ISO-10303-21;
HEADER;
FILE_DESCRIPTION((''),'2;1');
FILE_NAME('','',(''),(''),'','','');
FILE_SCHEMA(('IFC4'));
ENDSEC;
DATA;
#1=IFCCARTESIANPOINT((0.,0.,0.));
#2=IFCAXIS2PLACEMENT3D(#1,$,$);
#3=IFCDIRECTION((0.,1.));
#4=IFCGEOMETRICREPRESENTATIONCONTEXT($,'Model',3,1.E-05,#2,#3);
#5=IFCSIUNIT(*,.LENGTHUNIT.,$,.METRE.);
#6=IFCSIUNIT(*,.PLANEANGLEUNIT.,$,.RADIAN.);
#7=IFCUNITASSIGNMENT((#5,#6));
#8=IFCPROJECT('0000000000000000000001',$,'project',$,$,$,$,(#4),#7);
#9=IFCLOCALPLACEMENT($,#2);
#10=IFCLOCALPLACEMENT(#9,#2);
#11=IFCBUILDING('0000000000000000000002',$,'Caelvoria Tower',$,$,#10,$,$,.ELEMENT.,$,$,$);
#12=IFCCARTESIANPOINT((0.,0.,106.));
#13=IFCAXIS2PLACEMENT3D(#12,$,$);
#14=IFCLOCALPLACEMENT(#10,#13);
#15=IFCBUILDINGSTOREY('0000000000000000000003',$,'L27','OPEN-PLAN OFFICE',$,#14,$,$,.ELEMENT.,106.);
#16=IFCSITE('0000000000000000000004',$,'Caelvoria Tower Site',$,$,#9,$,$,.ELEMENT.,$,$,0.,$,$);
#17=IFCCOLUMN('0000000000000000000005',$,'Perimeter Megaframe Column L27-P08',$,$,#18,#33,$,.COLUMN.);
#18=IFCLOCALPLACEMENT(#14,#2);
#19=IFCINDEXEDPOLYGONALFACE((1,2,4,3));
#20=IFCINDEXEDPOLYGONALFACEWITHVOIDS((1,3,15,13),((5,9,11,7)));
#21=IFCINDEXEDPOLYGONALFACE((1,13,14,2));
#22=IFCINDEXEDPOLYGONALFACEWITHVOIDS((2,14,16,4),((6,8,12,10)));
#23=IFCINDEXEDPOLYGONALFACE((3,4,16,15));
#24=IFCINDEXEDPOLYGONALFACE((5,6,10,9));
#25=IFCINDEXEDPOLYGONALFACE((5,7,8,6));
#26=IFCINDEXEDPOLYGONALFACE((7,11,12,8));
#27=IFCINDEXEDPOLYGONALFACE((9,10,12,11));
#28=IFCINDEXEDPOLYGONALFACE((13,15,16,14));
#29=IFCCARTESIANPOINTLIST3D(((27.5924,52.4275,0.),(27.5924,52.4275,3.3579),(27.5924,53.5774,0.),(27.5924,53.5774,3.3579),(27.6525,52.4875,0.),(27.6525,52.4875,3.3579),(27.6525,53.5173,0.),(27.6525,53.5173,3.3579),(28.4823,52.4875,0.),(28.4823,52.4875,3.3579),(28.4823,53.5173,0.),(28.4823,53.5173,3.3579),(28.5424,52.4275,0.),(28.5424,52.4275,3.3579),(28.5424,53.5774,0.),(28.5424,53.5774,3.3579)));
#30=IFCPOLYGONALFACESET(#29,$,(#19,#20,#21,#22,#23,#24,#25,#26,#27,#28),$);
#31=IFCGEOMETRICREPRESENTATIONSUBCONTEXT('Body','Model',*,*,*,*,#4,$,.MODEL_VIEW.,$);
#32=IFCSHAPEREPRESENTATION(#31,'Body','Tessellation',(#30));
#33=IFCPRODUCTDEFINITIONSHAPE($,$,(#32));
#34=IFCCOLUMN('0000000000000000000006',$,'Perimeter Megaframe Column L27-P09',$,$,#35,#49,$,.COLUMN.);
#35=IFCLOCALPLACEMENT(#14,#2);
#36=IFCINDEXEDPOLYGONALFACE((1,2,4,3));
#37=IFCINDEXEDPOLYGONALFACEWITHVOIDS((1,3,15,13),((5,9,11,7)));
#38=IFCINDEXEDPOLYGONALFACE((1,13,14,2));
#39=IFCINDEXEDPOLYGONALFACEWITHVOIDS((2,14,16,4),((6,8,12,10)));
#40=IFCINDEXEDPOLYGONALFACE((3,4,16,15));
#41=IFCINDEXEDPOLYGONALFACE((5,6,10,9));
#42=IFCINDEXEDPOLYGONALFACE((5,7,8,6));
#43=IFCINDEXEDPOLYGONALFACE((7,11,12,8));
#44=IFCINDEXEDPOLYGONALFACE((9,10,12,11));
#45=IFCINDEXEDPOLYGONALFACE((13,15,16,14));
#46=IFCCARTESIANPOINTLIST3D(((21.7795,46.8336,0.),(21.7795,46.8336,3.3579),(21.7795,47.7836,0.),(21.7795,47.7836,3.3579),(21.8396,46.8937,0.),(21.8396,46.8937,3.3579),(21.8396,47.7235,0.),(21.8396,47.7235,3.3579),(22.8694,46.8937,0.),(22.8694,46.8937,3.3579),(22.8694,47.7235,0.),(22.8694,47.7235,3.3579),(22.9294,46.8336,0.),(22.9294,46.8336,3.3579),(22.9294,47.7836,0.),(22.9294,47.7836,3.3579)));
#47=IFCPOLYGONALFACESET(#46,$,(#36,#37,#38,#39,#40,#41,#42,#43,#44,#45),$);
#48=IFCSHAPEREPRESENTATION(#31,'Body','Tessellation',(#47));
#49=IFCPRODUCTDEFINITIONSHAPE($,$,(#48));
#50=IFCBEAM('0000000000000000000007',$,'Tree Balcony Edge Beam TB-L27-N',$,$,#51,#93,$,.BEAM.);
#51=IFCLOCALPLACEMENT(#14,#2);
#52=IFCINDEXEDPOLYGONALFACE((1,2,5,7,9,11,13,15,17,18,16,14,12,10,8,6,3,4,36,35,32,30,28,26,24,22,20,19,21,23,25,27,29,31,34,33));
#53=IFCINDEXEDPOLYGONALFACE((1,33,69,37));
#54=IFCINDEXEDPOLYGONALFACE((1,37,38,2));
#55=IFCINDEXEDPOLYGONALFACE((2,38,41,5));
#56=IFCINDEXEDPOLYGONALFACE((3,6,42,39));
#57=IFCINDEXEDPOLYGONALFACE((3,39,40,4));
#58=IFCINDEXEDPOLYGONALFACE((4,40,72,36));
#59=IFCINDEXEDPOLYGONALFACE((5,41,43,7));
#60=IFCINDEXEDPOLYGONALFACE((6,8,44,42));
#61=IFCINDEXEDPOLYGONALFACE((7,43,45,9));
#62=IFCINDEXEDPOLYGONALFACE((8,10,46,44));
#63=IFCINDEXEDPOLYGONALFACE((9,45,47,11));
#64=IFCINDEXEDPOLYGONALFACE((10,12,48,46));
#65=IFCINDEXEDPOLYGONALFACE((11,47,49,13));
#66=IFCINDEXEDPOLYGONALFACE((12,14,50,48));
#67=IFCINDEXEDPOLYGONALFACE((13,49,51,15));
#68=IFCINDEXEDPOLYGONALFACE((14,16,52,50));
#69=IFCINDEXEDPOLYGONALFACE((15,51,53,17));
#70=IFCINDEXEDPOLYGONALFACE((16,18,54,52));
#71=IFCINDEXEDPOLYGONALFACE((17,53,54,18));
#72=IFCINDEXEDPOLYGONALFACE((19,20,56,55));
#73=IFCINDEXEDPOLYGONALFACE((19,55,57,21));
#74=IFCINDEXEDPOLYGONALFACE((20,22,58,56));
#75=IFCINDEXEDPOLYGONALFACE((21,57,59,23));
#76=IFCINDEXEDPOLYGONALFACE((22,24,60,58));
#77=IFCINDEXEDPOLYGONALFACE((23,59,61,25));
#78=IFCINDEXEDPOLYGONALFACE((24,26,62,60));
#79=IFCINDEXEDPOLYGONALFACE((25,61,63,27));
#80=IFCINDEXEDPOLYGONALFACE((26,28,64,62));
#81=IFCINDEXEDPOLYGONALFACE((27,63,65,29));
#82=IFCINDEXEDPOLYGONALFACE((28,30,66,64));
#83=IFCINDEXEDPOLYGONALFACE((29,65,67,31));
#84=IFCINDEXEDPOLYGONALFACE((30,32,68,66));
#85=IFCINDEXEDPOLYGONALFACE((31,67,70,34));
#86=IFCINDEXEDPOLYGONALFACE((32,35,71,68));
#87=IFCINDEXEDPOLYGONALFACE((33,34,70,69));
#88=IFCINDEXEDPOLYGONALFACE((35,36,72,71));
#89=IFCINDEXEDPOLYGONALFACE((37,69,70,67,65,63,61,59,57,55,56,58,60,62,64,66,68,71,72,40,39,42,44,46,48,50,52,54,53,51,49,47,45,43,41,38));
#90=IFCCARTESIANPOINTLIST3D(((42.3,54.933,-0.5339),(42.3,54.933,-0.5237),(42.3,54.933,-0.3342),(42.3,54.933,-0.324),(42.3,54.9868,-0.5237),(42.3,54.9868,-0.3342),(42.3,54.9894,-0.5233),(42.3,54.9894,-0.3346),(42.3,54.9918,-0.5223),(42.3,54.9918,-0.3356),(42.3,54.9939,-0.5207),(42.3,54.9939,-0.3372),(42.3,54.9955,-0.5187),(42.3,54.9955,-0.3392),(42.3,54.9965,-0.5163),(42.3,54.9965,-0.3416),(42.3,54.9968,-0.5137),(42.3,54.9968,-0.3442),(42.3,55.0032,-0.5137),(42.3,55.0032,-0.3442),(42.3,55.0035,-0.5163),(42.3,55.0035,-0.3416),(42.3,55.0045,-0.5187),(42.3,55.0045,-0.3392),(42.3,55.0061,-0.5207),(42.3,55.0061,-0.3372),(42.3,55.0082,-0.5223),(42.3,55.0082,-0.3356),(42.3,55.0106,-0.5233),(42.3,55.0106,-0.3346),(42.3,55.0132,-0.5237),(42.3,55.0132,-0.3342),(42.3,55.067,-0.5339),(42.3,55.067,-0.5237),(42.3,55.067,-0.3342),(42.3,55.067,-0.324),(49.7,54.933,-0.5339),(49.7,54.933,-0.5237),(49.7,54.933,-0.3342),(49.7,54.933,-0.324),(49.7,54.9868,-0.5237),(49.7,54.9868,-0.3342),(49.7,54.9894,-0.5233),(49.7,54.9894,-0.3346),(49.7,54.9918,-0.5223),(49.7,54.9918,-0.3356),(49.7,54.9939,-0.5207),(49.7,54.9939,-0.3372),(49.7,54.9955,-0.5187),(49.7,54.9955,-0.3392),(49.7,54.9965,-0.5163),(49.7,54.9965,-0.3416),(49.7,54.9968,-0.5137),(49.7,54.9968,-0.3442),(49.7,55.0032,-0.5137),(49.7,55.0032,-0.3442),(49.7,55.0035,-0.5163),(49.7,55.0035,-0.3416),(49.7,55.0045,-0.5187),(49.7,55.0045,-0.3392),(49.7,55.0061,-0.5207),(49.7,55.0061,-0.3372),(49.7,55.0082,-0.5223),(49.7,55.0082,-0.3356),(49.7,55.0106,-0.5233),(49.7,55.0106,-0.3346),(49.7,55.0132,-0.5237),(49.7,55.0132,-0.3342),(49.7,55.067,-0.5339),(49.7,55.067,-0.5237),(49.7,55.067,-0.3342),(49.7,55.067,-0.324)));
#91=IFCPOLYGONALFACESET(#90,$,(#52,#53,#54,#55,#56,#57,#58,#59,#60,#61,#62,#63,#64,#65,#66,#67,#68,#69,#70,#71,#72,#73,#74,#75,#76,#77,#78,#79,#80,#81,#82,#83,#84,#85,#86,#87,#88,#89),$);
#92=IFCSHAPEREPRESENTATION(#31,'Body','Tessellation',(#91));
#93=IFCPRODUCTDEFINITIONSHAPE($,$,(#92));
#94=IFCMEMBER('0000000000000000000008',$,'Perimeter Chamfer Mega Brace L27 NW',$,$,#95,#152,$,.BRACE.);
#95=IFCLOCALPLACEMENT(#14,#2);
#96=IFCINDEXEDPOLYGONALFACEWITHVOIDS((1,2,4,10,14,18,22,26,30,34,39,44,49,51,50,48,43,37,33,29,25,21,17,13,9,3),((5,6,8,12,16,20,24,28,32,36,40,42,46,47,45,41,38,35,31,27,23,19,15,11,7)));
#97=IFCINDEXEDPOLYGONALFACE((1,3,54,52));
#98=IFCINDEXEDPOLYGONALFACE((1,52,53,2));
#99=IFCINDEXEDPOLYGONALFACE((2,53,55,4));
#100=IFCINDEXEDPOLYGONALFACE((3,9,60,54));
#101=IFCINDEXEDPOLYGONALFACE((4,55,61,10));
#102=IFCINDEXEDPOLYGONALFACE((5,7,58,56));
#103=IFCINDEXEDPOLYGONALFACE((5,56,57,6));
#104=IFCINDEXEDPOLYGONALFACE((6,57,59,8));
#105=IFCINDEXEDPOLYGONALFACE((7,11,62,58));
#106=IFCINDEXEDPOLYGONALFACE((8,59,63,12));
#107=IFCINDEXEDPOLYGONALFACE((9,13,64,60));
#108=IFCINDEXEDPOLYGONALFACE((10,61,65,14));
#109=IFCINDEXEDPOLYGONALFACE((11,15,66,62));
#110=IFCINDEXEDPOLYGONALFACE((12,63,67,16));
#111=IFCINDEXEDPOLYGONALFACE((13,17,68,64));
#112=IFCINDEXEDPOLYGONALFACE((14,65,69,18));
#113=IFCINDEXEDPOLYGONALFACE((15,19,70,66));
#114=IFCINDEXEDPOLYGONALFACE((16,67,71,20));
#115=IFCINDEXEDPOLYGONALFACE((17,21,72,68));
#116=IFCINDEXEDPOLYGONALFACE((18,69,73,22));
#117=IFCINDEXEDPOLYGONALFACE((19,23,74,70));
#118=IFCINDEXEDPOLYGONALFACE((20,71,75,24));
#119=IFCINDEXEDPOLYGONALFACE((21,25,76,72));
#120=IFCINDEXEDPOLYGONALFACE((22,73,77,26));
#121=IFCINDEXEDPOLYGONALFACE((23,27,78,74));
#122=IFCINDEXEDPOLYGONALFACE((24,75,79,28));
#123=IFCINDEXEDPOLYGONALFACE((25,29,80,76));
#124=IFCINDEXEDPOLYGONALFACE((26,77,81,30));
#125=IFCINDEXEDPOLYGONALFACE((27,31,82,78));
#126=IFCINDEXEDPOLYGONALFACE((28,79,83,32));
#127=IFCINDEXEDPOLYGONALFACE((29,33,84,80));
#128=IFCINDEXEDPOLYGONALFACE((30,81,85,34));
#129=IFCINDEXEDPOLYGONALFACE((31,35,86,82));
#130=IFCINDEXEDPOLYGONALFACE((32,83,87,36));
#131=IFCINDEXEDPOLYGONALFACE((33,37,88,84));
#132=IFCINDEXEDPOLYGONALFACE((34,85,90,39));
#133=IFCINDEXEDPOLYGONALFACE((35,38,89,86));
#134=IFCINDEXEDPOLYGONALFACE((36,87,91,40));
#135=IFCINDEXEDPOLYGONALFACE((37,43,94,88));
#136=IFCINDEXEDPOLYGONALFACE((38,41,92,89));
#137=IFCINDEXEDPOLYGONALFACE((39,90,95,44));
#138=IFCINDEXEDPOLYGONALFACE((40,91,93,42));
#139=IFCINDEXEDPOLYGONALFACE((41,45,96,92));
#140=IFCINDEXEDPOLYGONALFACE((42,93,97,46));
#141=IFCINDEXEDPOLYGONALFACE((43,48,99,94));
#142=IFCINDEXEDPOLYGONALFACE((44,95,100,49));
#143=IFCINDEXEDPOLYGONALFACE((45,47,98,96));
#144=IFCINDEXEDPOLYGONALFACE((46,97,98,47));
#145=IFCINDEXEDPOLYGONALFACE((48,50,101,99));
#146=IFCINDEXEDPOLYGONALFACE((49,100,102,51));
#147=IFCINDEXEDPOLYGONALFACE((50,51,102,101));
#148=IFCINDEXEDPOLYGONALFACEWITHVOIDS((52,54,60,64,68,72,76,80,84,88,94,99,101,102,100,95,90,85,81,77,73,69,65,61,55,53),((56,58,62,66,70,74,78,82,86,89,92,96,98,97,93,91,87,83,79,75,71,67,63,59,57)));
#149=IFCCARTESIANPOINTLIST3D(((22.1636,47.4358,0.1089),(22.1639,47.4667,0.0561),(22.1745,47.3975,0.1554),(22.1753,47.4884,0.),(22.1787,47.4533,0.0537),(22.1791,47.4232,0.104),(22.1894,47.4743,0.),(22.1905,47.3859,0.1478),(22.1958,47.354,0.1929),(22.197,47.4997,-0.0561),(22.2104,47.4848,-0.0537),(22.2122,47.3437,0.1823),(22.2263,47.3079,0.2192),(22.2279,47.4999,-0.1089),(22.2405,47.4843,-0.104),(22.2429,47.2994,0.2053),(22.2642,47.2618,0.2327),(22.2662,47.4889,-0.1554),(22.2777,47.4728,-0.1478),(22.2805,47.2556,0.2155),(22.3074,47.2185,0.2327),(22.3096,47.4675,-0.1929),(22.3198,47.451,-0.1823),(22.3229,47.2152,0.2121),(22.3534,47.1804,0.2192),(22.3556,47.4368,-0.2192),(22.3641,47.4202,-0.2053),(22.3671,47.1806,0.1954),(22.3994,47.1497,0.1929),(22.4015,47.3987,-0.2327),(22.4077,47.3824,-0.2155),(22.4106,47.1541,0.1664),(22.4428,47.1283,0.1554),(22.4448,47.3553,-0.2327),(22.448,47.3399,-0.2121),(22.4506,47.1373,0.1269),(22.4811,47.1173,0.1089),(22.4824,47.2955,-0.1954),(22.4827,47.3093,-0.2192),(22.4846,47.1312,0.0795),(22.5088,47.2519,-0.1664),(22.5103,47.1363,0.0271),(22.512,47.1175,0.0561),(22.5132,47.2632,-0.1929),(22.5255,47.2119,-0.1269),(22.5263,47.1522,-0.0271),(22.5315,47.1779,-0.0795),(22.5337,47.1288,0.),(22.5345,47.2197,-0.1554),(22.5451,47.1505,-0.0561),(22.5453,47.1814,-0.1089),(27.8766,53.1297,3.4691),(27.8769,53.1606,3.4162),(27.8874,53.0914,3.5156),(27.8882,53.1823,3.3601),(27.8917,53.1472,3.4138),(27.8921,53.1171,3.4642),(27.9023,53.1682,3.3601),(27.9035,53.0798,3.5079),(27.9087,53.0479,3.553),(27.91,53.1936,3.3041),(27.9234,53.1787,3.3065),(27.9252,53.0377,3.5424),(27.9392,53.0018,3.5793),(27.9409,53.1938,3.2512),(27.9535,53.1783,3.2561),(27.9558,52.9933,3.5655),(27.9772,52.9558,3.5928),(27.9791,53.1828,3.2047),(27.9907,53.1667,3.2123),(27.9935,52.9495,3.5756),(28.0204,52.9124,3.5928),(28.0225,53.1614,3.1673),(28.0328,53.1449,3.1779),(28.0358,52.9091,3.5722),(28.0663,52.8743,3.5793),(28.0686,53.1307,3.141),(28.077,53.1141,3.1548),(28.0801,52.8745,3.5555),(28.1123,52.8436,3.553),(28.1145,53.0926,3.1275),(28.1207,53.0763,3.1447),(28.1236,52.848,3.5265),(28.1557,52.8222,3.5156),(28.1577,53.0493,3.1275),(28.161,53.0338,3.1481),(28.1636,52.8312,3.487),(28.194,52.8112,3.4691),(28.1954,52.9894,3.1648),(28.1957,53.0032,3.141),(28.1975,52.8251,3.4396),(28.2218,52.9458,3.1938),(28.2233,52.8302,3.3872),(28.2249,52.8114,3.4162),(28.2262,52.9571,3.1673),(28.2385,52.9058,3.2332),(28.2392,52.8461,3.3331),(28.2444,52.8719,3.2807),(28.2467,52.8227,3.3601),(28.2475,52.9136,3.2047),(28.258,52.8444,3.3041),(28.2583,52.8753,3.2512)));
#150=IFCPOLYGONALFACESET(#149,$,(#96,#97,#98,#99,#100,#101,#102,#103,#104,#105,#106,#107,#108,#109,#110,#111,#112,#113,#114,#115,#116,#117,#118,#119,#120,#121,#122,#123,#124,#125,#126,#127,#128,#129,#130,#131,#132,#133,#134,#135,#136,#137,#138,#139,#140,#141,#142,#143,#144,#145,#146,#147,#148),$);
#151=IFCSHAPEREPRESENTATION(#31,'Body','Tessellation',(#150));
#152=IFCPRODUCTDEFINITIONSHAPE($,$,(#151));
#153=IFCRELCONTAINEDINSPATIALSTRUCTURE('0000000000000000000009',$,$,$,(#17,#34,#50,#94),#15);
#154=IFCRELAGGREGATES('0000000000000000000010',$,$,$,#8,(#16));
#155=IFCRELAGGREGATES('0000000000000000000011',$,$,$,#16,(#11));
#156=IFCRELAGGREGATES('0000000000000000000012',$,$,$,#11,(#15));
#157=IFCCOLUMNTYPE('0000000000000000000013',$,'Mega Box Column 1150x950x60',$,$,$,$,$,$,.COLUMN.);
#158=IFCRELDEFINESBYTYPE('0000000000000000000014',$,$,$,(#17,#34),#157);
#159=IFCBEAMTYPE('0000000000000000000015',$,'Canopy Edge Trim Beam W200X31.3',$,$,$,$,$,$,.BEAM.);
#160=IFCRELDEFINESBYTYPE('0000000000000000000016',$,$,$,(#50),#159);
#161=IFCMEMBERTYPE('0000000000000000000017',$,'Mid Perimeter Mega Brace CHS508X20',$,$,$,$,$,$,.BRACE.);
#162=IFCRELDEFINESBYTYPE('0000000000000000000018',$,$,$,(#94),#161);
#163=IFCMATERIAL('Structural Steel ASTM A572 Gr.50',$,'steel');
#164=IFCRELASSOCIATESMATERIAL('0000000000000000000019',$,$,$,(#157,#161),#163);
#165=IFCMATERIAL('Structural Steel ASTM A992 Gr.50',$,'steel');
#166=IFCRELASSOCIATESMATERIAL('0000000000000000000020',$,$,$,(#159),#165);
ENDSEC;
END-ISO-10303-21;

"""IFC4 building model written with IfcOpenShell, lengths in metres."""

from ifc_helpers import new_model, si_unit, direction, frame, origin, origin_2d, place, context, subcontext, project, spatial, hollow_rectangle, hollow_circle, i_section, extrude, material, material_profile, profile_set, type_object, element, save


model = new_model("IFC4")

# Units and contexts
model_context = context("Model", 3, precision=1e-05, world=origin(), true_north=direction((0.0, 1.0)))
body_context = subcontext(model_context, "Body", "Model", "MODEL_VIEW")
ifc_project = project(units=[si_unit("LENGTHUNIT", "METRE"), si_unit("PLANEANGLEUNIT", "RADIAN")], contexts=[model_context])

# Site, building, storey
site_placement = place(None, origin())
site = spatial("IfcSite", under=ifc_project, at=site_placement, Name="Caelvoria Tower Site", CompositionType="ELEMENT", RefElevation=0.0)
building_placement = place(site_placement, origin())
building = spatial("IfcBuilding", under=site, at=building_placement, Name="Caelvoria Tower", CompositionType="ELEMENT")
storey_placement = place(building_placement, frame((0.0, 0.0, 106.0)))
storey = spatial("IfcBuildingStorey", under=building, at=storey_placement, Name="L27", Description="OPEN-PLAN OFFICE", CompositionType="ELEMENT", Elevation=106.0)

# Columns
ifc_material_1 = material(Name="Structural Steel ASTM A572 Gr.50", Category="steel")
ifc_material_profile_1 = material_profile(ifc_material_1, hollow_rectangle(XDim=0.95, YDim=1.1499, WallThickness=0.0601, at=origin_2d()), Name="Structural Steel ASTM A572 Gr.50")
ifc_profile_set_1 = profile_set([ifc_material_profile_1], Name="BOX1150X950X60 - Structural Steel ASTM A572 Gr.50")
column_type = type_object("IfcColumnType", Name="Mega Box Column 1150x950x60", PredefinedType="COLUMN", material=ifc_profile_set_1)
for number, where, z_axis, x_axis, name in (
    (1, (28.0674, 53.0024, 0.0), (0.0, 0.0, 1.0), (1.0, 0.0, 0.0), "Perimeter Megaframe Column L27-P08"),
    (2, (22.3545, 47.3086, 0.0), (0.0, 0.0, 1.0), (0.0, 1.0, 0.0), "Perimeter Megaframe Column L27-P09"),
):
    element("IfcColumn", number, at=place(storey_placement, frame(where, z_axis=z_axis, x_axis=x_axis)), inside=storey, type_object=column_type, Name=name, PredefinedType="COLUMN", context=body_context, shape_type="SweptSolid", body=[
        extrude(hollow_rectangle(XDim=0.95, YDim=1.1499, WallThickness=0.0601, at=origin_2d()), origin(), (0.0, 0.0, 1.0), 3.3579),
    ])

# Beam
ifc_material_2 = material(Name="Structural Steel ASTM A992 Gr.50", Category="steel")
ifc_material_profile_2 = material_profile(ifc_material_2, i_section(OverallWidth=0.134, OverallDepth=0.21, WebThickness=0.0063, FlangeThickness=0.0103, FilletRadius=0.01, at=origin_2d()), Name="Structural Steel ASTM A992 Gr.50")
ifc_profile_set_2 = profile_set([ifc_material_profile_2], Name="W200X31.3 - Structural Steel ASTM A992 Gr.50")
beam_type_1 = type_object("IfcBeamType", Name="Canopy Edge Trim Beam W200X31.3", PredefinedType="BEAM", material=ifc_profile_set_2)
beam_1_placement = place(storey_placement, frame((42.3, 55.0, -0.429), z_axis=(1.0, 0.0, 0.0), x_axis=(0.0, 1.0, 0.0)))
element("IfcBeam", 3, at=beam_1_placement, inside=storey, type_object=beam_type_1, Name="Tree Balcony Edge Beam TB-L27-N", PredefinedType="BEAM", context=body_context, shape_type="SweptSolid", body=[
    extrude(i_section(OverallWidth=0.134, OverallDepth=0.21, WebThickness=0.0063, FlangeThickness=0.0103, FilletRadius=0.01, at=origin_2d()), origin(), (0.0, 0.0, 1.0), 7.3999),
])

# Member
ifc_material_profile_3 = material_profile(ifc_material_1, hollow_circle(Radius=0.2539, WallThickness=0.02, at=origin_2d()), Name="Structural Steel ASTM A572 Gr.50")
ifc_profile_set_3 = profile_set([ifc_material_profile_3], Name="CHS508X20 - Structural Steel ASTM A572 Gr.50")
member_type = type_object("IfcMemberType", Name="Mid Perimeter Mega Brace CHS508X20", PredefinedType="BRACE", material=ifc_profile_set_3)
member_1_placement = place(storey_placement, frame((22.3545, 47.3086, 0.0), z_axis=(0.653821, 0.651642, 0.384553), x_axis=(-0.705925, 0.708286, 0.0)))
element("IfcMember", 4, at=member_1_placement, inside=storey, type_object=member_type, Name="Perimeter Chamfer Mega Brace L27 NW", PredefinedType="BRACE", context=body_context, shape_type="SweptSolid", body=[
    extrude(hollow_circle(Radius=0.2539, WallThickness=0.02, at=origin_2d()), origin(), (0.0, 0.0, 1.0), 8.7378),
])

save(model, "model.ifc")
